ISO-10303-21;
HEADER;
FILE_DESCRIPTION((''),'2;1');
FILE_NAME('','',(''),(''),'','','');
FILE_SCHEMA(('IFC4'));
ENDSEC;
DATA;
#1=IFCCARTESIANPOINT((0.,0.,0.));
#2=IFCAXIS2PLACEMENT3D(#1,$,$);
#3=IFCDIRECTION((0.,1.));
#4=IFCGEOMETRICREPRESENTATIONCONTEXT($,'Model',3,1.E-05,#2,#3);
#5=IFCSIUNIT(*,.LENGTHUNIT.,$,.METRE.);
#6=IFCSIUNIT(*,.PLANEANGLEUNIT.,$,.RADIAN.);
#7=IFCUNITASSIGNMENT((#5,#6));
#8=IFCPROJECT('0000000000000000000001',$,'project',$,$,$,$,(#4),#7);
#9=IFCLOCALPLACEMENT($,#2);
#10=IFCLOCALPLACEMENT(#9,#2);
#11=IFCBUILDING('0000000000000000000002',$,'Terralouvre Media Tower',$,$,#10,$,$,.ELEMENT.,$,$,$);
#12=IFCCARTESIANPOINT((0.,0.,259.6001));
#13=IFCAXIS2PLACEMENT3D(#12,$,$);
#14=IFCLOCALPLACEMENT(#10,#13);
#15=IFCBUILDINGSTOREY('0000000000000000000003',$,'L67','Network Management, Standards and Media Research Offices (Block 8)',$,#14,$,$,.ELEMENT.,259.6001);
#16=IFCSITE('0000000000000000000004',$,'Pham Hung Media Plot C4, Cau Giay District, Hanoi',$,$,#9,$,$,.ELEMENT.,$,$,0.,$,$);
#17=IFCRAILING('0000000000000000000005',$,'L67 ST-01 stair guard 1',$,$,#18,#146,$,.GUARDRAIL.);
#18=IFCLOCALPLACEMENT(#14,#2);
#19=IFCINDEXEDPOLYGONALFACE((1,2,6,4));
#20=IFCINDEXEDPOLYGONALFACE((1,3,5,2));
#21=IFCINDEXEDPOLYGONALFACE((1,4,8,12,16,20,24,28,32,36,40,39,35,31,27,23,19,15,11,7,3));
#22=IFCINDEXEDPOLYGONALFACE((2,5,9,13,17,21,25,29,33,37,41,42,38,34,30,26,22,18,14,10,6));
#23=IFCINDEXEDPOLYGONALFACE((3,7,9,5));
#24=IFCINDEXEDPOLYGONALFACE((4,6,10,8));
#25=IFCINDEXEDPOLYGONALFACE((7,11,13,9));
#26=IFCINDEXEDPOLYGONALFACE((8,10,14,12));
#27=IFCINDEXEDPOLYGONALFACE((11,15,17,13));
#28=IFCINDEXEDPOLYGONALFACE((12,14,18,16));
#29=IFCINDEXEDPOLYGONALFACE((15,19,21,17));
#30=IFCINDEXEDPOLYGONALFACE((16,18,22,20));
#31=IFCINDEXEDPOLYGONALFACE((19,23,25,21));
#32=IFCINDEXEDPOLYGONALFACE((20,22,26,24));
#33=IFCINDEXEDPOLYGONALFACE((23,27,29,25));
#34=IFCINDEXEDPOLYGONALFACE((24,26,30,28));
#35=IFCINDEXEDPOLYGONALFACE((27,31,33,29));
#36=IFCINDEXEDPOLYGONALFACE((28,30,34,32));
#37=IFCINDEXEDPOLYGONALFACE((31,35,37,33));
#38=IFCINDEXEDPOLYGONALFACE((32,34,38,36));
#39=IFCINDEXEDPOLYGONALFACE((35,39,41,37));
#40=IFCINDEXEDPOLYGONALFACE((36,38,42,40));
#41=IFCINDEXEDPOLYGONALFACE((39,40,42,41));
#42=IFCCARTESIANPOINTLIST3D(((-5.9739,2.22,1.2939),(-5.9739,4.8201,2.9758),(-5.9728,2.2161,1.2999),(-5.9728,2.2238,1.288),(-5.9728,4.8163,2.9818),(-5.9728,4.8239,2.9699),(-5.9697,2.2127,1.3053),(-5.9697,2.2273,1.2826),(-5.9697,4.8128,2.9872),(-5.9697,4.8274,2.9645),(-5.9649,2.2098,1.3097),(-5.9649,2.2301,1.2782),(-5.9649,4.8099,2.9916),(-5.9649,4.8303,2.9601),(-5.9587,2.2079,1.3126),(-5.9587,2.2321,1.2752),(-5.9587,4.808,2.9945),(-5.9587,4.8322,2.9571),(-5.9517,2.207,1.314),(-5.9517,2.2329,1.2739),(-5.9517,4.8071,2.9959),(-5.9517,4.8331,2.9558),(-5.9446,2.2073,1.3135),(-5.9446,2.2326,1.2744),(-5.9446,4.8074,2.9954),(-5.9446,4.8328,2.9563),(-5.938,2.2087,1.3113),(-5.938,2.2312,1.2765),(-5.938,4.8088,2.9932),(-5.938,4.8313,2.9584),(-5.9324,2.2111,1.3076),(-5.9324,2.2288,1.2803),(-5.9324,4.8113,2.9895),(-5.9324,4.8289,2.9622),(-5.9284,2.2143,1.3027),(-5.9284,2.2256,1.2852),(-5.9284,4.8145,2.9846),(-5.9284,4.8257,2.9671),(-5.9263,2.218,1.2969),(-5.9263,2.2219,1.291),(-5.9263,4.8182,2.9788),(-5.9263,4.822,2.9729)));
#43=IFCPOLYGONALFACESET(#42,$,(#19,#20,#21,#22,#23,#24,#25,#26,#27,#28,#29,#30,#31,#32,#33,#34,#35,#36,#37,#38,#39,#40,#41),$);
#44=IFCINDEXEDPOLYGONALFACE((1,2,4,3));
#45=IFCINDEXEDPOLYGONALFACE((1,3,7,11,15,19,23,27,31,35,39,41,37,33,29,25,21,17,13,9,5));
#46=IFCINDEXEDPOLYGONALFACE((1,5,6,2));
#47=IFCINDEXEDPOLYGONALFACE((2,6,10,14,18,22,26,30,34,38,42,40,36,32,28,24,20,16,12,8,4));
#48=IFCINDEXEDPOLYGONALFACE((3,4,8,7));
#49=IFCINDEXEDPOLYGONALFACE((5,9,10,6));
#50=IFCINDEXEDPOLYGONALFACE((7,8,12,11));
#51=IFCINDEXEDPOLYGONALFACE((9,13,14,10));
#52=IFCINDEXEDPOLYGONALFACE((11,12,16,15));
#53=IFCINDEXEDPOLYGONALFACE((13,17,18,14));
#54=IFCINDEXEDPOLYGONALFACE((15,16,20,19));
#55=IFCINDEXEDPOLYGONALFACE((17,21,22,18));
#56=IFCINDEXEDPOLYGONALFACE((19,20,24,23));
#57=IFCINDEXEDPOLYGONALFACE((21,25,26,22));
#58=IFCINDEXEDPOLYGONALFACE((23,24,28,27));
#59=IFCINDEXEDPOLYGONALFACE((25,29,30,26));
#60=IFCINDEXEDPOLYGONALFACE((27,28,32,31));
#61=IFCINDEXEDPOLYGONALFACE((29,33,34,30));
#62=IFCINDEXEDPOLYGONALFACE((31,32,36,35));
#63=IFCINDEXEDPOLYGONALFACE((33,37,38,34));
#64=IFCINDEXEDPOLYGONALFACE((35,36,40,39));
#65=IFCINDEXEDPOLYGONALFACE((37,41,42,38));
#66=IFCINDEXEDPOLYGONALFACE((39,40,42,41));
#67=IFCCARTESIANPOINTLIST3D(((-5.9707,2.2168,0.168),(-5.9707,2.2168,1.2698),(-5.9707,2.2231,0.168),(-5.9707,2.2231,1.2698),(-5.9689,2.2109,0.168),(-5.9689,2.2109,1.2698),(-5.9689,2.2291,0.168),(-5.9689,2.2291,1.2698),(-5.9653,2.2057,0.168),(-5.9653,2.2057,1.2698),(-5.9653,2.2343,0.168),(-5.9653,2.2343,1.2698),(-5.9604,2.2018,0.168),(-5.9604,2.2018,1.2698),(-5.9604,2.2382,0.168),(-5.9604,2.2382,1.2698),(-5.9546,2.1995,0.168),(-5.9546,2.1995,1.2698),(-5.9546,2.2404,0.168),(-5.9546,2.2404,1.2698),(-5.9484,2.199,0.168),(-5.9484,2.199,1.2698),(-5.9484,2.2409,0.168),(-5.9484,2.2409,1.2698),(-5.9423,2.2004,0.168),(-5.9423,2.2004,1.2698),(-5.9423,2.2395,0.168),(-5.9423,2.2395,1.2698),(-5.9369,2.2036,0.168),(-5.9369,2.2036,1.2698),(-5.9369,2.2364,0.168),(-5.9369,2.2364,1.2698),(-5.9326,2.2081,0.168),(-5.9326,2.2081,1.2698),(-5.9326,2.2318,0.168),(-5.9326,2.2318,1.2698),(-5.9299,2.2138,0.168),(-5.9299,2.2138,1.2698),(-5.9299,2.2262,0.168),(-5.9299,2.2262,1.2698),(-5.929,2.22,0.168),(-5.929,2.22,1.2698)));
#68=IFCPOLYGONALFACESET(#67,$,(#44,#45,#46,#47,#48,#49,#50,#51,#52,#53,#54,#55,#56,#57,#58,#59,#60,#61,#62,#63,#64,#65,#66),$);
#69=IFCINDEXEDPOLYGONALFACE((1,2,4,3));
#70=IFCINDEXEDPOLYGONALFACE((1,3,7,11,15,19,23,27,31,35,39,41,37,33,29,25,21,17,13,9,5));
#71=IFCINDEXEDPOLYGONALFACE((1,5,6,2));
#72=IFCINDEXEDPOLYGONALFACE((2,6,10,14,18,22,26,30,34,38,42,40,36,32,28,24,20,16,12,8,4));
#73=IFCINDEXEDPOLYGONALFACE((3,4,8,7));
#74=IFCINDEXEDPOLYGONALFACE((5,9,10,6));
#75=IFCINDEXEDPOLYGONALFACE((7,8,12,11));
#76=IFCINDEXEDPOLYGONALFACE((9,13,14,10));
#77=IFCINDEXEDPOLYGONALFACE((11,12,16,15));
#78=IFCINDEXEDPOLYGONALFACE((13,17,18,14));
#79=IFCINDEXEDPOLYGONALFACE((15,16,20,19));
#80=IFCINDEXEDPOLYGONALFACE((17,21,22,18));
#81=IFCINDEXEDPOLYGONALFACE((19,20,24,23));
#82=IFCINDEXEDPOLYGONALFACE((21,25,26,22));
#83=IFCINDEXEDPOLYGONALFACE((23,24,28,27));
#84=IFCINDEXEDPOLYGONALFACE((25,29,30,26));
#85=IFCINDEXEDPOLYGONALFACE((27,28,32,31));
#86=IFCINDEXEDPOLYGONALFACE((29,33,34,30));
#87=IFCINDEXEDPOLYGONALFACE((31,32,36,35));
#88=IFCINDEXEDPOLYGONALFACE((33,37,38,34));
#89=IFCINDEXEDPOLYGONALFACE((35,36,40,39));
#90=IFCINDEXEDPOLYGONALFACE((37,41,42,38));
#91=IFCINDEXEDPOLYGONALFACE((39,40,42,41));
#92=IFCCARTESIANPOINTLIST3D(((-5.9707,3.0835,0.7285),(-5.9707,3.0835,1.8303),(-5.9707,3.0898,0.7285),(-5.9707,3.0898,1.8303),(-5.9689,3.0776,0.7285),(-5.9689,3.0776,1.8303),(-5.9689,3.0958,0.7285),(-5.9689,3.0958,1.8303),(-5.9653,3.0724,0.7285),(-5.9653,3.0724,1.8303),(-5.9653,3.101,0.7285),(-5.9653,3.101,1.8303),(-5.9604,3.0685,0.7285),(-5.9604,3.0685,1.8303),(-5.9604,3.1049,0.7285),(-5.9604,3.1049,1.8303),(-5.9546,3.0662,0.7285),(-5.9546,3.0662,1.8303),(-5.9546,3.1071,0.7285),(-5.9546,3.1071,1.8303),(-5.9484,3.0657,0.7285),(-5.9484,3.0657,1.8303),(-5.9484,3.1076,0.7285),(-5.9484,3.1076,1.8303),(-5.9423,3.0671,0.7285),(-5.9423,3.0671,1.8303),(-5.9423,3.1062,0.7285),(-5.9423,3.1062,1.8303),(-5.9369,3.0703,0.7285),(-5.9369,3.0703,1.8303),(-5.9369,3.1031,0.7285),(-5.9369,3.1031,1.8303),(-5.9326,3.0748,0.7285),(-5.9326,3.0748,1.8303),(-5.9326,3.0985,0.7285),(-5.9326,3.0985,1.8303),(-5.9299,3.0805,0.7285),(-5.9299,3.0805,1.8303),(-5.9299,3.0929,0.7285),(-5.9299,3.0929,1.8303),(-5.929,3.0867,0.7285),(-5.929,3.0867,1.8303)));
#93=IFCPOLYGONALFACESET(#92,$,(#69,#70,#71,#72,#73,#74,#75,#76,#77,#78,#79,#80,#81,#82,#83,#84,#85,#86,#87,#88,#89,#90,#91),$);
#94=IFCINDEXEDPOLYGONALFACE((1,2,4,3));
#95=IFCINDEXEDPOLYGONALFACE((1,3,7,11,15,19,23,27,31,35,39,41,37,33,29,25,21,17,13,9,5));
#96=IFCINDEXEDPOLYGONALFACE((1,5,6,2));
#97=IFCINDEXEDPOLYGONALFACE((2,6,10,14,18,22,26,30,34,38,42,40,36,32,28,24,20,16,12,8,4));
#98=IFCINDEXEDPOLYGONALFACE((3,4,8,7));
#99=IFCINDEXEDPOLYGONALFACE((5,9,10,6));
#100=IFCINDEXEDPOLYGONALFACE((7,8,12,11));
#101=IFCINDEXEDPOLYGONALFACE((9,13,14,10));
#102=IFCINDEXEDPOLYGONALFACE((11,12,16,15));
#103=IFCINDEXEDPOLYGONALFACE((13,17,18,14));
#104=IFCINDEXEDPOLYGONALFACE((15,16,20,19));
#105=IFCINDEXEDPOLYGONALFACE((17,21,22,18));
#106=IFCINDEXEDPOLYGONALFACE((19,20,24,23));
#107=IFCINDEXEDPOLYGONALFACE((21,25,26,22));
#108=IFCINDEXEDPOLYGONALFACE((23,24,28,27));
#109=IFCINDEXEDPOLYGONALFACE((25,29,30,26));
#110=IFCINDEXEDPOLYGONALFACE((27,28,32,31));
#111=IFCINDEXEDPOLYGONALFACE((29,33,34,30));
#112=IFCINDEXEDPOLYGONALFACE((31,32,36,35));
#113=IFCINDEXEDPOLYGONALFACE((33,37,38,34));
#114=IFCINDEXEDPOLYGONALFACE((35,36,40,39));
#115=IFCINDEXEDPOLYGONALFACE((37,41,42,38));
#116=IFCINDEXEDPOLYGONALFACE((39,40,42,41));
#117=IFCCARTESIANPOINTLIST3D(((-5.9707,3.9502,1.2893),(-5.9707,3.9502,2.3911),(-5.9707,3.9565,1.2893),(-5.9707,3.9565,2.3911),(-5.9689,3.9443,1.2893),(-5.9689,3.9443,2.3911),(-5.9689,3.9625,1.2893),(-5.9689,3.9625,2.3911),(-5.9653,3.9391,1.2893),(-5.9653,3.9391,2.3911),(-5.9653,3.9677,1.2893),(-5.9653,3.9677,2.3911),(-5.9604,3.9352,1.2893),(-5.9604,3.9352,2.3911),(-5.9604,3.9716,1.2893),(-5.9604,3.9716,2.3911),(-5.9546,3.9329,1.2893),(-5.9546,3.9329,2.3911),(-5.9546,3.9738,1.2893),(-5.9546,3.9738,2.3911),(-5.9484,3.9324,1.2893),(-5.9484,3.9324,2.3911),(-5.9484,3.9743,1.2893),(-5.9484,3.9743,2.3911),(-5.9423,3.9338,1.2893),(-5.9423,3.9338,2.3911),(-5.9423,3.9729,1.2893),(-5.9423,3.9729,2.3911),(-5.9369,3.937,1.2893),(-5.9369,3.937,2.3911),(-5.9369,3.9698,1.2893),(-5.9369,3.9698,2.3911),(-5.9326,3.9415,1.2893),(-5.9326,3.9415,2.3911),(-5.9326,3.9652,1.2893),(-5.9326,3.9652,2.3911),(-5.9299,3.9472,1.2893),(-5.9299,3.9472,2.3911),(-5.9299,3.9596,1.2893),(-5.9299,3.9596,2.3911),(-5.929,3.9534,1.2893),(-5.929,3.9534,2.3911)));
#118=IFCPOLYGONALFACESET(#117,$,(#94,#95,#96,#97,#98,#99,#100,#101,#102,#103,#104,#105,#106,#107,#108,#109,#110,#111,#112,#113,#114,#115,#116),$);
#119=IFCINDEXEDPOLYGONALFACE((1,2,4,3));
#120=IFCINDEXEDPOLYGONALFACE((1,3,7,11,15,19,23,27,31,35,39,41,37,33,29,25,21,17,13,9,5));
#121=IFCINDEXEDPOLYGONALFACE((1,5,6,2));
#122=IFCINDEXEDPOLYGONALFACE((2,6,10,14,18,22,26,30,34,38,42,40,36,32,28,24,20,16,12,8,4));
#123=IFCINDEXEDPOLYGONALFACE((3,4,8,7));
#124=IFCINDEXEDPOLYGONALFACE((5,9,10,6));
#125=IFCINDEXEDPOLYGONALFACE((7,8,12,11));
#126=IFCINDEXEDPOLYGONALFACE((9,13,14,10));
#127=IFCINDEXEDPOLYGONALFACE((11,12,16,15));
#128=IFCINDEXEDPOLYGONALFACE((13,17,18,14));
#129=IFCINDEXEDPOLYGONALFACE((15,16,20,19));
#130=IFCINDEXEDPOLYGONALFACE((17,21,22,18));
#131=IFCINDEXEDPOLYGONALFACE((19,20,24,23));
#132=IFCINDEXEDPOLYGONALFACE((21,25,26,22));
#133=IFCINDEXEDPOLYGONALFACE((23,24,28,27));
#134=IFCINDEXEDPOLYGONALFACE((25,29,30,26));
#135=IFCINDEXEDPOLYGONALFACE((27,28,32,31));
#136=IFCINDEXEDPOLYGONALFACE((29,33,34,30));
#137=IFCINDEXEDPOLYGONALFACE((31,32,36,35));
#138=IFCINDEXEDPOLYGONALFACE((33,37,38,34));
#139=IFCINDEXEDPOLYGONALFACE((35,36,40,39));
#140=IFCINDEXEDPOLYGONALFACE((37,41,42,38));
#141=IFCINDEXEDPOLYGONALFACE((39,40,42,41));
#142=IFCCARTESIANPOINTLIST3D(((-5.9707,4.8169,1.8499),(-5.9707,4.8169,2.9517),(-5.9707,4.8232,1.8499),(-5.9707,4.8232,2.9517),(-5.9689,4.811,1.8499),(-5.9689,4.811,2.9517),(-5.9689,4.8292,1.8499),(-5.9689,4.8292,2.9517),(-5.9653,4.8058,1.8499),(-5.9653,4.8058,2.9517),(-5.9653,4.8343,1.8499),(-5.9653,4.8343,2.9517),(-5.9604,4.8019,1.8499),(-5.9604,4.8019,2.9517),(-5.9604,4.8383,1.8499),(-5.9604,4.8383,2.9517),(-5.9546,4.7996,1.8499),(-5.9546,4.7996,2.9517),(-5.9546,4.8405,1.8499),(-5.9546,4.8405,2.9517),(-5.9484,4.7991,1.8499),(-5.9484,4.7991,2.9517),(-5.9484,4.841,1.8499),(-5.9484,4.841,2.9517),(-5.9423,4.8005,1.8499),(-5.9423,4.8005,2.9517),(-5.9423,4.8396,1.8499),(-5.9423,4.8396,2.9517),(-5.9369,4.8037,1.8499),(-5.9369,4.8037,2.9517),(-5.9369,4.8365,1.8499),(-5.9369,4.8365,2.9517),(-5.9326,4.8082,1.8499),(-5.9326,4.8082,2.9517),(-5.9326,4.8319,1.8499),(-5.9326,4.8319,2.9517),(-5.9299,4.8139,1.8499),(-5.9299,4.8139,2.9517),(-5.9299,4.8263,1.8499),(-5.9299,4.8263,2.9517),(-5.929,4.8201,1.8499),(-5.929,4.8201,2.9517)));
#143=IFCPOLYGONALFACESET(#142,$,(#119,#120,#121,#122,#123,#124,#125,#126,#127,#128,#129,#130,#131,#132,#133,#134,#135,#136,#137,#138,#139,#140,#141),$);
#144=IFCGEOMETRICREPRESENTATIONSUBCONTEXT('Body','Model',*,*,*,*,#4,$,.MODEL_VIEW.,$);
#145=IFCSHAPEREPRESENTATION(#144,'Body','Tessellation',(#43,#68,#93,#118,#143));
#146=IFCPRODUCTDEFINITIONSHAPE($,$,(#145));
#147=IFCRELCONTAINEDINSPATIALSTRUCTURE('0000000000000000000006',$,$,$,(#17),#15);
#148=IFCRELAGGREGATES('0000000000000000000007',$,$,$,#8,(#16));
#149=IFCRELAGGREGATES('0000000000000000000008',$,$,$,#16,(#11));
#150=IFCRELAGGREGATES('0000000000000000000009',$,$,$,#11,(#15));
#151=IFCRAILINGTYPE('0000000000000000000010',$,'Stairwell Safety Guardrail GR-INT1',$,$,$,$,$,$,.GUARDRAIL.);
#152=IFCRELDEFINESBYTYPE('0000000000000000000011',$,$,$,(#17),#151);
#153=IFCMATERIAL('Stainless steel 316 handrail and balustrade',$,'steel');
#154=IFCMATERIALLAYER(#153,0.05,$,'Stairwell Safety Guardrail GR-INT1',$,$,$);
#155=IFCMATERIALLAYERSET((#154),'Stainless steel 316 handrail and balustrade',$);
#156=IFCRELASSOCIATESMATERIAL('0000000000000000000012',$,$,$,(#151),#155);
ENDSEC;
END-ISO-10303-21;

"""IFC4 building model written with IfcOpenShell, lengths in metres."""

from ifc_helpers import new_model, si_unit, direction, frame, origin, origin_2d, place, context, subcontext, project, spatial, circle, extrude, material, layer, layer_set, type_object, element, save


model = new_model("IFC4")

# Units and contexts
model_context = context("Model", 3, precision=1e-05, world=origin(), true_north=direction((0.0, 1.0)))
body_context = subcontext(model_context, "Body", "Model", "MODEL_VIEW")
ifc_project = project(units=[si_unit("LENGTHUNIT", "METRE"), si_unit("PLANEANGLEUNIT", "RADIAN")], contexts=[model_context])

# Site, building, storey
site_placement = place(None, origin())
site = spatial("IfcSite", under=ifc_project, at=site_placement, Name="Pham Hung Media Plot C4, Cau Giay District, Hanoi", CompositionType="ELEMENT", RefElevation=0.0)
building_placement = place(site_placement, origin())
building = spatial("IfcBuilding", under=site, at=building_placement, Name="Terralouvre Media Tower", CompositionType="ELEMENT")
storey_placement = place(building_placement, frame((0.0, 0.0, 259.6001)))
storey = spatial("IfcBuildingStorey", under=building, at=storey_placement, Name="L67", Description="Network Management, Standards and Media Research Offices (Block 8)", CompositionType="ELEMENT", Elevation=259.6001)

# Railing
ifc_material_1 = material(Name="Stainless steel 316 handrail and balustrade", Category="steel")
ifc_layer_1 = layer(ifc_material_1, 0.05, Name="Stairwell Safety Guardrail GR-INT1")
ifc_layer_set_1 = layer_set([ifc_layer_1], Name="Stainless steel 316 handrail and balustrade")
railing_type_1 = type_object("IfcRailingType", Name="Stairwell Safety Guardrail GR-INT1", PredefinedType="GUARDRAIL", material=ifc_layer_set_1)
railing_1_placement = place(storey_placement, frame((-5.95, 2.22, 0.168)))
element("IfcRailing", 1, at=railing_1_placement, inside=storey, type_object=railing_type_1, Name="L67 ST-01 stair guard 1", PredefinedType="GUARDRAIL", context=body_context, shape_type="SweptSolid", body=[
    extrude(circle(Radius=0.0239, at=origin_2d()), frame((0.0, 0.0, 1.126), z_axis=(0.0, 0.839648, 0.54313), x_axis=(-1.0, 0.0, 0.0)), (0.0, 0.0, 1.0), 3.0967),
    extrude(circle(Radius=0.021, at=origin_2d()), origin(), (0.0, 0.0, 1.0), 1.1018),
    extrude(circle(Radius=0.021, at=origin_2d()), frame((0.0, 0.8667, 0.5605)), (0.0, 0.0, 1.0), 1.1018),
    extrude(circle(Radius=0.021, at=origin_2d()), frame((0.0, 1.7334, 1.1213)), (0.0, 0.0, 1.0), 1.1018),
    extrude(circle(Radius=0.021, at=origin_2d()), frame((0.0, 2.6001, 1.6819)), (0.0, 0.0, 1.0), 1.1018),
])

save(model, "model.ifc")
